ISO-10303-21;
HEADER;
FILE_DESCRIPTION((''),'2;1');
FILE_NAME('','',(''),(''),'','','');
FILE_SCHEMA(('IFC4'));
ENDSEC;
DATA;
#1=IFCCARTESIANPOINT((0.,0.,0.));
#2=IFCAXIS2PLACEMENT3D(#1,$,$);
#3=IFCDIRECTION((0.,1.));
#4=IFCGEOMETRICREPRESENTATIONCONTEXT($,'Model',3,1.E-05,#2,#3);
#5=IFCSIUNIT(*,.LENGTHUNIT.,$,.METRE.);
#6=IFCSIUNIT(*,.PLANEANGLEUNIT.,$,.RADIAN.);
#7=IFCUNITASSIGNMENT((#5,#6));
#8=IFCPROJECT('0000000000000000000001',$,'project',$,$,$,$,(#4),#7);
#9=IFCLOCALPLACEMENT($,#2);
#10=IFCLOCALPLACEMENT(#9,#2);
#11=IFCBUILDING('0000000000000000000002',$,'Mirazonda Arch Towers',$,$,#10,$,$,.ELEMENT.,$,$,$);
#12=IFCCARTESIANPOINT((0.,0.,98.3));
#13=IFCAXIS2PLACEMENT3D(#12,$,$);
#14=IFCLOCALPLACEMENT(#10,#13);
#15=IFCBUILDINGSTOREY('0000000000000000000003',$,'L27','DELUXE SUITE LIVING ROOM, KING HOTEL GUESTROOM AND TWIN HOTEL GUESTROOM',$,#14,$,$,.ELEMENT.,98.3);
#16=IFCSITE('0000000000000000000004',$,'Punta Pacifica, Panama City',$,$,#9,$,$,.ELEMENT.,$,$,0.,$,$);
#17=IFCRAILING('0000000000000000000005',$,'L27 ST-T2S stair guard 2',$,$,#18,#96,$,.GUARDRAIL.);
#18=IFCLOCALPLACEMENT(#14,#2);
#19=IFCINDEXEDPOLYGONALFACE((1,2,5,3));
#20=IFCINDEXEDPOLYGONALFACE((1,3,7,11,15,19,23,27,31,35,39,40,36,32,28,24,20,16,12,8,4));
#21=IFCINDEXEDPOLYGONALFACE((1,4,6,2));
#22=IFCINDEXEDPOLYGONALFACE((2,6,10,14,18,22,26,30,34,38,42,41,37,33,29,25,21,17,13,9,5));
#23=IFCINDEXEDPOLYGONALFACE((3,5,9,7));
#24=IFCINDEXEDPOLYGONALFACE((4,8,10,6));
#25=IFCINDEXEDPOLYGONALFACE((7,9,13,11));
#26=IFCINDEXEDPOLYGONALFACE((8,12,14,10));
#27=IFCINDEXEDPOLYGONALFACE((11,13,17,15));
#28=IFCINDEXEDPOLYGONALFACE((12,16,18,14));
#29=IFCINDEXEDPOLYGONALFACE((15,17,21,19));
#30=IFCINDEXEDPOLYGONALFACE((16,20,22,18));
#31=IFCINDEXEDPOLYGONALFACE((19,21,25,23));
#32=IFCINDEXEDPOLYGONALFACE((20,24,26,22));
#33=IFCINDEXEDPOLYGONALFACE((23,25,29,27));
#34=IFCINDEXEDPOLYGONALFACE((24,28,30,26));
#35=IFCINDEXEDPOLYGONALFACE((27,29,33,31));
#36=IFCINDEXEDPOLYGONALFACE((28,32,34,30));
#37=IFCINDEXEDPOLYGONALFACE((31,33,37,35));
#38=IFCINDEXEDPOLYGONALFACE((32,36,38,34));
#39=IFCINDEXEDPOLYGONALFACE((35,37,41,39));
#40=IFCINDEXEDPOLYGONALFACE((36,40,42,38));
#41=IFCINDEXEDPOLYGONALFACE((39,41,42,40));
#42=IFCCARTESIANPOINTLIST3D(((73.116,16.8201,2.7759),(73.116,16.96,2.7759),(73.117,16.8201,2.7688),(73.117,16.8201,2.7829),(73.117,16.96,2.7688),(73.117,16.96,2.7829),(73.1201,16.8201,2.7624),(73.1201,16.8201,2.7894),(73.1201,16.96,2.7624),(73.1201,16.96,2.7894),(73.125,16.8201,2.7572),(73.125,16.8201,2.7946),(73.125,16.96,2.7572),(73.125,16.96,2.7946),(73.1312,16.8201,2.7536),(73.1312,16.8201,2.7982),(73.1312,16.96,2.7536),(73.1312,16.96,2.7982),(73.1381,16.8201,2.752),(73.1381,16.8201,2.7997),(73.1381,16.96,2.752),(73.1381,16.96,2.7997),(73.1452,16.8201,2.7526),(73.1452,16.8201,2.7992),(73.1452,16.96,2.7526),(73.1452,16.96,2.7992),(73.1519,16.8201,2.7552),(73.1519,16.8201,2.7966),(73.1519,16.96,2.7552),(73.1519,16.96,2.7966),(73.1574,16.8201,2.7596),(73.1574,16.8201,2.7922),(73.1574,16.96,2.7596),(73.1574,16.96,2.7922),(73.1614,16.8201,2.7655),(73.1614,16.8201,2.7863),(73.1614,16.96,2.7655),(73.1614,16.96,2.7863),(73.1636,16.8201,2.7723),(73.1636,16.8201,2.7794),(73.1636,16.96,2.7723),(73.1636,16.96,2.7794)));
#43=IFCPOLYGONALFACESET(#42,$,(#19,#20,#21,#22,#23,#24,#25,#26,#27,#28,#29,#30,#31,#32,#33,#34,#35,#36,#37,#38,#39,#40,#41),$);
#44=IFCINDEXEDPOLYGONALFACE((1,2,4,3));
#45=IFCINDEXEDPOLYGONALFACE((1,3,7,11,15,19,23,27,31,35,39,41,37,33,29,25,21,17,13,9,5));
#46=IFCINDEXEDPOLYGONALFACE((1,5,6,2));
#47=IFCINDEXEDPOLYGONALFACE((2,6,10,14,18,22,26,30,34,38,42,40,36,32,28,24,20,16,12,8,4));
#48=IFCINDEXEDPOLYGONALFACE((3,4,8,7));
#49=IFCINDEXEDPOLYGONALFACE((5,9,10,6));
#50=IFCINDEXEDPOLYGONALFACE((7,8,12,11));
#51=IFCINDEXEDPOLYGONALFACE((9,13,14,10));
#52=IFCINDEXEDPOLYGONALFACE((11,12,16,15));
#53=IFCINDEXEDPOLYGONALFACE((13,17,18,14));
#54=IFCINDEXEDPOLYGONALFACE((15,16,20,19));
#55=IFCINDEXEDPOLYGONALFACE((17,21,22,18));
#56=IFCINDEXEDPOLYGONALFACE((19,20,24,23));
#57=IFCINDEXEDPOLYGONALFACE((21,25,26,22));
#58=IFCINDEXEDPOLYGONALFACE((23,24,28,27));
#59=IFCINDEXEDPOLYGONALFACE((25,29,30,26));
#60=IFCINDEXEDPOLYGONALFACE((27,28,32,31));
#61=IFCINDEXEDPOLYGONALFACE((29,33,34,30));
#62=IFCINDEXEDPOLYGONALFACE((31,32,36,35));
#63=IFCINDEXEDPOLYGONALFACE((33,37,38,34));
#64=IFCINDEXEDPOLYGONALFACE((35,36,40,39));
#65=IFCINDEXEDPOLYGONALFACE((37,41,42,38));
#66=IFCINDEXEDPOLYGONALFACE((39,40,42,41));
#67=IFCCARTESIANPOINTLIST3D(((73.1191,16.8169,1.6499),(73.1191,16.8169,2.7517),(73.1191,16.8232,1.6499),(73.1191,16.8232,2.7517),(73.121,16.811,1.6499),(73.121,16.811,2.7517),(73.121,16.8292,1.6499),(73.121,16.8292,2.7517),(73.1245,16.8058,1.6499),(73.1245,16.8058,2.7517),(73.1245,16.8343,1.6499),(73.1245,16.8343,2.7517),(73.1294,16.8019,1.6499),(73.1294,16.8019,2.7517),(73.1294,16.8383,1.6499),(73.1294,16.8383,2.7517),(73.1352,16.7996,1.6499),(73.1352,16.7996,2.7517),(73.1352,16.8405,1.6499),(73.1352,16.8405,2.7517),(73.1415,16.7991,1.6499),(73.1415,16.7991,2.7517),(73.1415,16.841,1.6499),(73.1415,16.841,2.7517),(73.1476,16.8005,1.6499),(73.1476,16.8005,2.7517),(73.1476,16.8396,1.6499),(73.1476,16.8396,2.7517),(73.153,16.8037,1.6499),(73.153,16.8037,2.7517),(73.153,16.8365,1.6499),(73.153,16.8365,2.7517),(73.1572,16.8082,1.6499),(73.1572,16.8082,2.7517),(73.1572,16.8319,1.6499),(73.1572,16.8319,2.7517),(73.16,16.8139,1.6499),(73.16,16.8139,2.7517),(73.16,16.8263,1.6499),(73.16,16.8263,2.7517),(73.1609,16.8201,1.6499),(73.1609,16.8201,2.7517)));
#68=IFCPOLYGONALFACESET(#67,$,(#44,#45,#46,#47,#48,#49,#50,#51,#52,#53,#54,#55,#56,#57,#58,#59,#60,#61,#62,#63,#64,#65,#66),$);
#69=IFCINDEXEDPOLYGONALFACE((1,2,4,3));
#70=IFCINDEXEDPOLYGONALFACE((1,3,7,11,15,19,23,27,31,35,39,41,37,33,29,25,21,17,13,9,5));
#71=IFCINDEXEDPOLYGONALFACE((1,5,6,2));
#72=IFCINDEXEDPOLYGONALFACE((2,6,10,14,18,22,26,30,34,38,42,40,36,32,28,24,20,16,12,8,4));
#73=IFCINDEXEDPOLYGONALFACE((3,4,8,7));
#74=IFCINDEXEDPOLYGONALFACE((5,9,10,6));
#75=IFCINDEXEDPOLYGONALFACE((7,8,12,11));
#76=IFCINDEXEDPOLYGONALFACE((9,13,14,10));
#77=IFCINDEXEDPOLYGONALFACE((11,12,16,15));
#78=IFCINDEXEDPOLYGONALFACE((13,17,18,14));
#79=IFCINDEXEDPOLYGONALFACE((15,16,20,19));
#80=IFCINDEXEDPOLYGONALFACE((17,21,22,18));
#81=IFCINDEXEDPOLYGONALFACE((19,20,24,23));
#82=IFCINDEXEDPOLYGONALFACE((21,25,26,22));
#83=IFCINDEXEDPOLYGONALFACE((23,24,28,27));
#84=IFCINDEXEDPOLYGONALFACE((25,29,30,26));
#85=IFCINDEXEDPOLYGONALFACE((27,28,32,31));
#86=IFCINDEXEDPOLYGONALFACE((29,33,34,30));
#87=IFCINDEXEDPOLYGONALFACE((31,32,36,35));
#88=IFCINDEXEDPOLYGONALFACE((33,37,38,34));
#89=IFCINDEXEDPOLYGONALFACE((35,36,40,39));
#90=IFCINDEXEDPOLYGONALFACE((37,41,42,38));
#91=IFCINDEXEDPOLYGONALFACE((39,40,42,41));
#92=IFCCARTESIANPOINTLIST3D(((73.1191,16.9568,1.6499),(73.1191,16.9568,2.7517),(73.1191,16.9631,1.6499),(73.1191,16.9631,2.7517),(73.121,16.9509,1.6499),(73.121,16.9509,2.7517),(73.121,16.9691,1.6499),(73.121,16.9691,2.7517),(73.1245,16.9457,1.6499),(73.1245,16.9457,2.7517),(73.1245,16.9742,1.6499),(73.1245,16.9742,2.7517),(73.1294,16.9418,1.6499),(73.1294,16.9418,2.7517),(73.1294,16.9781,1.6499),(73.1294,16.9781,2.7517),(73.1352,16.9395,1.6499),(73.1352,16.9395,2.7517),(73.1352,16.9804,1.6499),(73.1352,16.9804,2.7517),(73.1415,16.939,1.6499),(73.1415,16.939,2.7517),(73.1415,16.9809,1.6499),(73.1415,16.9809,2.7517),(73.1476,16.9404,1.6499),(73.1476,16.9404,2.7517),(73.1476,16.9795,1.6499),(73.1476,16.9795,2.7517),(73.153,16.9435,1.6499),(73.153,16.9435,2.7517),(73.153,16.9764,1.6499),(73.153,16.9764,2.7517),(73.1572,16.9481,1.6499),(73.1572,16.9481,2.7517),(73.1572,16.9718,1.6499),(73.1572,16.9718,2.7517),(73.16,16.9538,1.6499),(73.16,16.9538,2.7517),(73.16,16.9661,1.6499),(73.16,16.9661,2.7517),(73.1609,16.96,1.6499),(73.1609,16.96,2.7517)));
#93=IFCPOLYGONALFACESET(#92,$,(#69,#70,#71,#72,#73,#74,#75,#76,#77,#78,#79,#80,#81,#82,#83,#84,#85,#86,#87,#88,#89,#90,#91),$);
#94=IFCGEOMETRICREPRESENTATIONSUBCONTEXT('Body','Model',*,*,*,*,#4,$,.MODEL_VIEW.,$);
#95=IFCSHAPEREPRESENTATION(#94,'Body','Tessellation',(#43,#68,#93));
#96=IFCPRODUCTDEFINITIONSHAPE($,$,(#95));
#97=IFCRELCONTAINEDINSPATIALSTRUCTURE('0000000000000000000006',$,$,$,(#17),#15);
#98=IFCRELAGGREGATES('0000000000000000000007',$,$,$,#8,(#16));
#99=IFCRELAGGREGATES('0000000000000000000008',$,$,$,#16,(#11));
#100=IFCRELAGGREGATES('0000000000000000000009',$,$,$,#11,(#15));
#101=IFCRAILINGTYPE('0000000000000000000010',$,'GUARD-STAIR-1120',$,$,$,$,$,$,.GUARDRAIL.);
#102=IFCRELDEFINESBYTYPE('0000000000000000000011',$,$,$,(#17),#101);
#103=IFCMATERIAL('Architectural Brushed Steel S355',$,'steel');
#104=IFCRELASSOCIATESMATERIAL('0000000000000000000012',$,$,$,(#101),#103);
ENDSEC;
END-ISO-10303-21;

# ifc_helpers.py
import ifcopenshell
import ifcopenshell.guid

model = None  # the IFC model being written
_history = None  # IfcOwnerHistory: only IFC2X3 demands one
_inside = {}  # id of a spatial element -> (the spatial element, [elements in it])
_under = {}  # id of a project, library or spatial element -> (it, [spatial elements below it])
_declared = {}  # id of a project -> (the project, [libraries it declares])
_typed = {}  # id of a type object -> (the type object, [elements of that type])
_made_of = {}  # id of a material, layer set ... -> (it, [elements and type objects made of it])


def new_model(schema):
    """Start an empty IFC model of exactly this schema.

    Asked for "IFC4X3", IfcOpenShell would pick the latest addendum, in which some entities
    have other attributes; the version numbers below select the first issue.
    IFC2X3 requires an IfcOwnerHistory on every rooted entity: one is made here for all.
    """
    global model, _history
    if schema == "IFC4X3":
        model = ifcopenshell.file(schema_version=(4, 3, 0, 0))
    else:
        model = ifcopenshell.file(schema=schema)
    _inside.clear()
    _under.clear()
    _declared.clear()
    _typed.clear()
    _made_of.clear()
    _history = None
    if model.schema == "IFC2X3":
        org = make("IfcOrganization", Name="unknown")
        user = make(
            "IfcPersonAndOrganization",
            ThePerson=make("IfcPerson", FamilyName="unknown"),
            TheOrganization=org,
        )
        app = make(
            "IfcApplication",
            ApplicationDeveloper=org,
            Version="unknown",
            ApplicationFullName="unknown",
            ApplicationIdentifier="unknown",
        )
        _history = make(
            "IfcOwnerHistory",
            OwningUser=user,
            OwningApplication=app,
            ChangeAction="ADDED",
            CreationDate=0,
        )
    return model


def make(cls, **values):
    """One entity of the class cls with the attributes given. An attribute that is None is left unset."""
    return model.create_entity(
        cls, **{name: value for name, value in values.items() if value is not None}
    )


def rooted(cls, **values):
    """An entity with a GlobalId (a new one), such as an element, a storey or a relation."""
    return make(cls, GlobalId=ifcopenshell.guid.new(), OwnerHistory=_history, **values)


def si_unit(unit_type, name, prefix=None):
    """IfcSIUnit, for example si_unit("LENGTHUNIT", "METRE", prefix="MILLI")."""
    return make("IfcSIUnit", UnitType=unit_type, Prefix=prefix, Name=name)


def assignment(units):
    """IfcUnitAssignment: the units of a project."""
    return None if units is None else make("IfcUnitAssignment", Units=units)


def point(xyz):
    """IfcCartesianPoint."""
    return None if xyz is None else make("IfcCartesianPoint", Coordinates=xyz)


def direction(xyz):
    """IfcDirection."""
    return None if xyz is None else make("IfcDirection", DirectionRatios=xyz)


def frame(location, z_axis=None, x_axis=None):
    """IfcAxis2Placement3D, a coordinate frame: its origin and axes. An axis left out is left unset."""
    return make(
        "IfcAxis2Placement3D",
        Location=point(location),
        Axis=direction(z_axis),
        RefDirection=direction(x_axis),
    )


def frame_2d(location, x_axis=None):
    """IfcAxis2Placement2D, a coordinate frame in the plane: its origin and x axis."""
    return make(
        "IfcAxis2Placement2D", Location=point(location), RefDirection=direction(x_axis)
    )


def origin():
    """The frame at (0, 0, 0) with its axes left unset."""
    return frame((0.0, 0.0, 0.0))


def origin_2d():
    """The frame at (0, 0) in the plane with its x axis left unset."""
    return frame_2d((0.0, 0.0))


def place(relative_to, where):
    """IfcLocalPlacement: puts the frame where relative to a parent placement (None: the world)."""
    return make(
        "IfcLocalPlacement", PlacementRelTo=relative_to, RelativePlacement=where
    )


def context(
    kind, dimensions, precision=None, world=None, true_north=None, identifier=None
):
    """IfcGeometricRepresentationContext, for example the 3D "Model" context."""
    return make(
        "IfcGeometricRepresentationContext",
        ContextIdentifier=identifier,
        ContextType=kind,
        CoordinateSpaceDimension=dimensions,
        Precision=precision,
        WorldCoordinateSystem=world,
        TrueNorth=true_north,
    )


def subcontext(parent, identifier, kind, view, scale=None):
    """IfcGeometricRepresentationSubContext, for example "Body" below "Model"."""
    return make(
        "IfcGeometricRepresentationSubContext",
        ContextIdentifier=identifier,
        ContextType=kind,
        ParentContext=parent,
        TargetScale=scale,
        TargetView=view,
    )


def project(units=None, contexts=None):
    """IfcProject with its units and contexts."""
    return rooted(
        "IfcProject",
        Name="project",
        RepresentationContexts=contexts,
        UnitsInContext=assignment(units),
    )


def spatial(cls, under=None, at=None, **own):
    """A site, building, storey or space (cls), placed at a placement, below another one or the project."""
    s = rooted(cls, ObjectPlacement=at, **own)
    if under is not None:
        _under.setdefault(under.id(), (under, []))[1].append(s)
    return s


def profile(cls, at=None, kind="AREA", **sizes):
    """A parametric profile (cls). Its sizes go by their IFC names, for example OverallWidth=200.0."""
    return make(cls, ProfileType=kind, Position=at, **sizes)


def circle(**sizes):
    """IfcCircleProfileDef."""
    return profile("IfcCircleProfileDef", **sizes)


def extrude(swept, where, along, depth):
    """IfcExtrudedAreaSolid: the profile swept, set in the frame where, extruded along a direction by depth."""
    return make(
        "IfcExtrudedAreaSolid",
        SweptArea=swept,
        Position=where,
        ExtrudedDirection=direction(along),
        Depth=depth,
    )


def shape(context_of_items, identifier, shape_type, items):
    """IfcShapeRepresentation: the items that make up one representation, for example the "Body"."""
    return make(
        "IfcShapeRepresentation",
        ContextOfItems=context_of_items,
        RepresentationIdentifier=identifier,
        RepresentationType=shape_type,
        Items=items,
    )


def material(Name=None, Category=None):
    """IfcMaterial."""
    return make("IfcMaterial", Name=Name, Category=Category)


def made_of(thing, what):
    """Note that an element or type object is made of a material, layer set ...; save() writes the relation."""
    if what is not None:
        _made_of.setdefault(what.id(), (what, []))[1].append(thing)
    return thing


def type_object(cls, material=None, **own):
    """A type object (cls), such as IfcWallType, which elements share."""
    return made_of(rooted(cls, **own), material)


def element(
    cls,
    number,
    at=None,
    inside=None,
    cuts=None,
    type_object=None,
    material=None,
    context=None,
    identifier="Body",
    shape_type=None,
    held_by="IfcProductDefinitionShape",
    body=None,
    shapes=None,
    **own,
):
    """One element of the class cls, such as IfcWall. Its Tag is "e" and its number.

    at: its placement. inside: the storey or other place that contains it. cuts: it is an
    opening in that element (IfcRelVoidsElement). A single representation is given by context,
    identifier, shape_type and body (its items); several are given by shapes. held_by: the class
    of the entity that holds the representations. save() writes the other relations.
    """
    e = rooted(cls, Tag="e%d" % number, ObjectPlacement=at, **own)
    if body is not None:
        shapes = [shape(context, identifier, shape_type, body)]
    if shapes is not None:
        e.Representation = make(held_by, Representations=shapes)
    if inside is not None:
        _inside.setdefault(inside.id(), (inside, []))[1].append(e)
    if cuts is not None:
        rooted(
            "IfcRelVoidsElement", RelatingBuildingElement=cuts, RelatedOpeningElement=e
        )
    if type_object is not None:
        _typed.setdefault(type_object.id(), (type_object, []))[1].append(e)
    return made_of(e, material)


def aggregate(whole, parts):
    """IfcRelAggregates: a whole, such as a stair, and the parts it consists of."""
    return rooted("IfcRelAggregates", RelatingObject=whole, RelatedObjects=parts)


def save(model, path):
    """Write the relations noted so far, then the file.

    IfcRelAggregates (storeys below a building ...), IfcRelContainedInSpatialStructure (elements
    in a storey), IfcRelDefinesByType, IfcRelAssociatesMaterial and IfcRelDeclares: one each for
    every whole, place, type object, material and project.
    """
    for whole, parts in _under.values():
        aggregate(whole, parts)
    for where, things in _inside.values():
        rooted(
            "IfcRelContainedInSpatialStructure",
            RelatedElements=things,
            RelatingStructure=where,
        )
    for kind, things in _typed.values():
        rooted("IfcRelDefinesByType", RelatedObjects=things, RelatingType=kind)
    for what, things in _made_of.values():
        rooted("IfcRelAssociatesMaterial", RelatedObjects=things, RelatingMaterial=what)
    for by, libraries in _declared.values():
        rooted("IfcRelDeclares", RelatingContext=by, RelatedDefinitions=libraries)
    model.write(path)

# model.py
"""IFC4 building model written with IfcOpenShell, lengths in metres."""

from ifc_helpers import new_model, si_unit, direction, frame, origin, origin_2d, place, context, subcontext, project, spatial, circle, extrude, material, type_object, element, save


model = new_model("IFC4")

# Units and contexts
model_context = context("Model", 3, precision=1e-05, world=origin(), true_north=direction((0.0, 1.0)))
body_context = subcontext(model_context, "Body", "Model", "MODEL_VIEW")
ifc_project = project(units=[si_unit("LENGTHUNIT", "METRE"), si_unit("PLANEANGLEUNIT", "RADIAN")], contexts=[model_context])

# Site, building, storey
site_placement = place(None, origin())
site = spatial("IfcSite", under=ifc_project, at=site_placement, Name="Punta Pacifica, Panama City", CompositionType="ELEMENT", RefElevation=0.0)
building_placement = place(site_placement, origin())
building = spatial("IfcBuilding", under=site, at=building_placement, Name="Mirazonda Arch Towers", CompositionType="ELEMENT")
storey_placement = place(building_placement, frame((0.0, 0.0, 98.3)))
storey = spatial("IfcBuildingStorey", under=building, at=storey_placement, Name="L27", Description="DELUXE SUITE LIVING ROOM, KING HOTEL GUESTROOM AND TWIN HOTEL GUESTROOM", CompositionType="ELEMENT", Elevation=98.3)

# Railing
ifc_material_1 = material(Name="Architectural Brushed Steel S355", Category="steel")
railing_type_1 = type_object("IfcRailingType", Name="GUARD-STAIR-1120", PredefinedType="GUARDRAIL", material=ifc_material_1)
railing_1_placement = place(storey_placement, frame((73.1399, 16.8201, 1.6499)))
element("IfcRailing", 1, at=railing_1_placement, inside=storey, type_object=railing_type_1, Name="L27 ST-T2S stair guard 2", PredefinedType="GUARDRAIL", context=body_context, shape_type="SweptSolid", body=[
    extrude(circle(Radius=0.0239, at=origin_2d()), frame((0.0, 0.0, 1.126), z_axis=(0.0, 1.0, 0.0), x_axis=(-1.0, 0.0, 0.0)), (0.0, 0.0, 1.0), 0.1399),
    extrude(circle(Radius=0.021, at=origin_2d()), origin(), (0.0, 0.0, 1.0), 1.1018),
    extrude(circle(Radius=0.021, at=origin_2d()), frame((0.0, 0.1399, 0.0)), (0.0, 0.0, 1.0), 1.1018),
])

save(model, "model.ifc")
